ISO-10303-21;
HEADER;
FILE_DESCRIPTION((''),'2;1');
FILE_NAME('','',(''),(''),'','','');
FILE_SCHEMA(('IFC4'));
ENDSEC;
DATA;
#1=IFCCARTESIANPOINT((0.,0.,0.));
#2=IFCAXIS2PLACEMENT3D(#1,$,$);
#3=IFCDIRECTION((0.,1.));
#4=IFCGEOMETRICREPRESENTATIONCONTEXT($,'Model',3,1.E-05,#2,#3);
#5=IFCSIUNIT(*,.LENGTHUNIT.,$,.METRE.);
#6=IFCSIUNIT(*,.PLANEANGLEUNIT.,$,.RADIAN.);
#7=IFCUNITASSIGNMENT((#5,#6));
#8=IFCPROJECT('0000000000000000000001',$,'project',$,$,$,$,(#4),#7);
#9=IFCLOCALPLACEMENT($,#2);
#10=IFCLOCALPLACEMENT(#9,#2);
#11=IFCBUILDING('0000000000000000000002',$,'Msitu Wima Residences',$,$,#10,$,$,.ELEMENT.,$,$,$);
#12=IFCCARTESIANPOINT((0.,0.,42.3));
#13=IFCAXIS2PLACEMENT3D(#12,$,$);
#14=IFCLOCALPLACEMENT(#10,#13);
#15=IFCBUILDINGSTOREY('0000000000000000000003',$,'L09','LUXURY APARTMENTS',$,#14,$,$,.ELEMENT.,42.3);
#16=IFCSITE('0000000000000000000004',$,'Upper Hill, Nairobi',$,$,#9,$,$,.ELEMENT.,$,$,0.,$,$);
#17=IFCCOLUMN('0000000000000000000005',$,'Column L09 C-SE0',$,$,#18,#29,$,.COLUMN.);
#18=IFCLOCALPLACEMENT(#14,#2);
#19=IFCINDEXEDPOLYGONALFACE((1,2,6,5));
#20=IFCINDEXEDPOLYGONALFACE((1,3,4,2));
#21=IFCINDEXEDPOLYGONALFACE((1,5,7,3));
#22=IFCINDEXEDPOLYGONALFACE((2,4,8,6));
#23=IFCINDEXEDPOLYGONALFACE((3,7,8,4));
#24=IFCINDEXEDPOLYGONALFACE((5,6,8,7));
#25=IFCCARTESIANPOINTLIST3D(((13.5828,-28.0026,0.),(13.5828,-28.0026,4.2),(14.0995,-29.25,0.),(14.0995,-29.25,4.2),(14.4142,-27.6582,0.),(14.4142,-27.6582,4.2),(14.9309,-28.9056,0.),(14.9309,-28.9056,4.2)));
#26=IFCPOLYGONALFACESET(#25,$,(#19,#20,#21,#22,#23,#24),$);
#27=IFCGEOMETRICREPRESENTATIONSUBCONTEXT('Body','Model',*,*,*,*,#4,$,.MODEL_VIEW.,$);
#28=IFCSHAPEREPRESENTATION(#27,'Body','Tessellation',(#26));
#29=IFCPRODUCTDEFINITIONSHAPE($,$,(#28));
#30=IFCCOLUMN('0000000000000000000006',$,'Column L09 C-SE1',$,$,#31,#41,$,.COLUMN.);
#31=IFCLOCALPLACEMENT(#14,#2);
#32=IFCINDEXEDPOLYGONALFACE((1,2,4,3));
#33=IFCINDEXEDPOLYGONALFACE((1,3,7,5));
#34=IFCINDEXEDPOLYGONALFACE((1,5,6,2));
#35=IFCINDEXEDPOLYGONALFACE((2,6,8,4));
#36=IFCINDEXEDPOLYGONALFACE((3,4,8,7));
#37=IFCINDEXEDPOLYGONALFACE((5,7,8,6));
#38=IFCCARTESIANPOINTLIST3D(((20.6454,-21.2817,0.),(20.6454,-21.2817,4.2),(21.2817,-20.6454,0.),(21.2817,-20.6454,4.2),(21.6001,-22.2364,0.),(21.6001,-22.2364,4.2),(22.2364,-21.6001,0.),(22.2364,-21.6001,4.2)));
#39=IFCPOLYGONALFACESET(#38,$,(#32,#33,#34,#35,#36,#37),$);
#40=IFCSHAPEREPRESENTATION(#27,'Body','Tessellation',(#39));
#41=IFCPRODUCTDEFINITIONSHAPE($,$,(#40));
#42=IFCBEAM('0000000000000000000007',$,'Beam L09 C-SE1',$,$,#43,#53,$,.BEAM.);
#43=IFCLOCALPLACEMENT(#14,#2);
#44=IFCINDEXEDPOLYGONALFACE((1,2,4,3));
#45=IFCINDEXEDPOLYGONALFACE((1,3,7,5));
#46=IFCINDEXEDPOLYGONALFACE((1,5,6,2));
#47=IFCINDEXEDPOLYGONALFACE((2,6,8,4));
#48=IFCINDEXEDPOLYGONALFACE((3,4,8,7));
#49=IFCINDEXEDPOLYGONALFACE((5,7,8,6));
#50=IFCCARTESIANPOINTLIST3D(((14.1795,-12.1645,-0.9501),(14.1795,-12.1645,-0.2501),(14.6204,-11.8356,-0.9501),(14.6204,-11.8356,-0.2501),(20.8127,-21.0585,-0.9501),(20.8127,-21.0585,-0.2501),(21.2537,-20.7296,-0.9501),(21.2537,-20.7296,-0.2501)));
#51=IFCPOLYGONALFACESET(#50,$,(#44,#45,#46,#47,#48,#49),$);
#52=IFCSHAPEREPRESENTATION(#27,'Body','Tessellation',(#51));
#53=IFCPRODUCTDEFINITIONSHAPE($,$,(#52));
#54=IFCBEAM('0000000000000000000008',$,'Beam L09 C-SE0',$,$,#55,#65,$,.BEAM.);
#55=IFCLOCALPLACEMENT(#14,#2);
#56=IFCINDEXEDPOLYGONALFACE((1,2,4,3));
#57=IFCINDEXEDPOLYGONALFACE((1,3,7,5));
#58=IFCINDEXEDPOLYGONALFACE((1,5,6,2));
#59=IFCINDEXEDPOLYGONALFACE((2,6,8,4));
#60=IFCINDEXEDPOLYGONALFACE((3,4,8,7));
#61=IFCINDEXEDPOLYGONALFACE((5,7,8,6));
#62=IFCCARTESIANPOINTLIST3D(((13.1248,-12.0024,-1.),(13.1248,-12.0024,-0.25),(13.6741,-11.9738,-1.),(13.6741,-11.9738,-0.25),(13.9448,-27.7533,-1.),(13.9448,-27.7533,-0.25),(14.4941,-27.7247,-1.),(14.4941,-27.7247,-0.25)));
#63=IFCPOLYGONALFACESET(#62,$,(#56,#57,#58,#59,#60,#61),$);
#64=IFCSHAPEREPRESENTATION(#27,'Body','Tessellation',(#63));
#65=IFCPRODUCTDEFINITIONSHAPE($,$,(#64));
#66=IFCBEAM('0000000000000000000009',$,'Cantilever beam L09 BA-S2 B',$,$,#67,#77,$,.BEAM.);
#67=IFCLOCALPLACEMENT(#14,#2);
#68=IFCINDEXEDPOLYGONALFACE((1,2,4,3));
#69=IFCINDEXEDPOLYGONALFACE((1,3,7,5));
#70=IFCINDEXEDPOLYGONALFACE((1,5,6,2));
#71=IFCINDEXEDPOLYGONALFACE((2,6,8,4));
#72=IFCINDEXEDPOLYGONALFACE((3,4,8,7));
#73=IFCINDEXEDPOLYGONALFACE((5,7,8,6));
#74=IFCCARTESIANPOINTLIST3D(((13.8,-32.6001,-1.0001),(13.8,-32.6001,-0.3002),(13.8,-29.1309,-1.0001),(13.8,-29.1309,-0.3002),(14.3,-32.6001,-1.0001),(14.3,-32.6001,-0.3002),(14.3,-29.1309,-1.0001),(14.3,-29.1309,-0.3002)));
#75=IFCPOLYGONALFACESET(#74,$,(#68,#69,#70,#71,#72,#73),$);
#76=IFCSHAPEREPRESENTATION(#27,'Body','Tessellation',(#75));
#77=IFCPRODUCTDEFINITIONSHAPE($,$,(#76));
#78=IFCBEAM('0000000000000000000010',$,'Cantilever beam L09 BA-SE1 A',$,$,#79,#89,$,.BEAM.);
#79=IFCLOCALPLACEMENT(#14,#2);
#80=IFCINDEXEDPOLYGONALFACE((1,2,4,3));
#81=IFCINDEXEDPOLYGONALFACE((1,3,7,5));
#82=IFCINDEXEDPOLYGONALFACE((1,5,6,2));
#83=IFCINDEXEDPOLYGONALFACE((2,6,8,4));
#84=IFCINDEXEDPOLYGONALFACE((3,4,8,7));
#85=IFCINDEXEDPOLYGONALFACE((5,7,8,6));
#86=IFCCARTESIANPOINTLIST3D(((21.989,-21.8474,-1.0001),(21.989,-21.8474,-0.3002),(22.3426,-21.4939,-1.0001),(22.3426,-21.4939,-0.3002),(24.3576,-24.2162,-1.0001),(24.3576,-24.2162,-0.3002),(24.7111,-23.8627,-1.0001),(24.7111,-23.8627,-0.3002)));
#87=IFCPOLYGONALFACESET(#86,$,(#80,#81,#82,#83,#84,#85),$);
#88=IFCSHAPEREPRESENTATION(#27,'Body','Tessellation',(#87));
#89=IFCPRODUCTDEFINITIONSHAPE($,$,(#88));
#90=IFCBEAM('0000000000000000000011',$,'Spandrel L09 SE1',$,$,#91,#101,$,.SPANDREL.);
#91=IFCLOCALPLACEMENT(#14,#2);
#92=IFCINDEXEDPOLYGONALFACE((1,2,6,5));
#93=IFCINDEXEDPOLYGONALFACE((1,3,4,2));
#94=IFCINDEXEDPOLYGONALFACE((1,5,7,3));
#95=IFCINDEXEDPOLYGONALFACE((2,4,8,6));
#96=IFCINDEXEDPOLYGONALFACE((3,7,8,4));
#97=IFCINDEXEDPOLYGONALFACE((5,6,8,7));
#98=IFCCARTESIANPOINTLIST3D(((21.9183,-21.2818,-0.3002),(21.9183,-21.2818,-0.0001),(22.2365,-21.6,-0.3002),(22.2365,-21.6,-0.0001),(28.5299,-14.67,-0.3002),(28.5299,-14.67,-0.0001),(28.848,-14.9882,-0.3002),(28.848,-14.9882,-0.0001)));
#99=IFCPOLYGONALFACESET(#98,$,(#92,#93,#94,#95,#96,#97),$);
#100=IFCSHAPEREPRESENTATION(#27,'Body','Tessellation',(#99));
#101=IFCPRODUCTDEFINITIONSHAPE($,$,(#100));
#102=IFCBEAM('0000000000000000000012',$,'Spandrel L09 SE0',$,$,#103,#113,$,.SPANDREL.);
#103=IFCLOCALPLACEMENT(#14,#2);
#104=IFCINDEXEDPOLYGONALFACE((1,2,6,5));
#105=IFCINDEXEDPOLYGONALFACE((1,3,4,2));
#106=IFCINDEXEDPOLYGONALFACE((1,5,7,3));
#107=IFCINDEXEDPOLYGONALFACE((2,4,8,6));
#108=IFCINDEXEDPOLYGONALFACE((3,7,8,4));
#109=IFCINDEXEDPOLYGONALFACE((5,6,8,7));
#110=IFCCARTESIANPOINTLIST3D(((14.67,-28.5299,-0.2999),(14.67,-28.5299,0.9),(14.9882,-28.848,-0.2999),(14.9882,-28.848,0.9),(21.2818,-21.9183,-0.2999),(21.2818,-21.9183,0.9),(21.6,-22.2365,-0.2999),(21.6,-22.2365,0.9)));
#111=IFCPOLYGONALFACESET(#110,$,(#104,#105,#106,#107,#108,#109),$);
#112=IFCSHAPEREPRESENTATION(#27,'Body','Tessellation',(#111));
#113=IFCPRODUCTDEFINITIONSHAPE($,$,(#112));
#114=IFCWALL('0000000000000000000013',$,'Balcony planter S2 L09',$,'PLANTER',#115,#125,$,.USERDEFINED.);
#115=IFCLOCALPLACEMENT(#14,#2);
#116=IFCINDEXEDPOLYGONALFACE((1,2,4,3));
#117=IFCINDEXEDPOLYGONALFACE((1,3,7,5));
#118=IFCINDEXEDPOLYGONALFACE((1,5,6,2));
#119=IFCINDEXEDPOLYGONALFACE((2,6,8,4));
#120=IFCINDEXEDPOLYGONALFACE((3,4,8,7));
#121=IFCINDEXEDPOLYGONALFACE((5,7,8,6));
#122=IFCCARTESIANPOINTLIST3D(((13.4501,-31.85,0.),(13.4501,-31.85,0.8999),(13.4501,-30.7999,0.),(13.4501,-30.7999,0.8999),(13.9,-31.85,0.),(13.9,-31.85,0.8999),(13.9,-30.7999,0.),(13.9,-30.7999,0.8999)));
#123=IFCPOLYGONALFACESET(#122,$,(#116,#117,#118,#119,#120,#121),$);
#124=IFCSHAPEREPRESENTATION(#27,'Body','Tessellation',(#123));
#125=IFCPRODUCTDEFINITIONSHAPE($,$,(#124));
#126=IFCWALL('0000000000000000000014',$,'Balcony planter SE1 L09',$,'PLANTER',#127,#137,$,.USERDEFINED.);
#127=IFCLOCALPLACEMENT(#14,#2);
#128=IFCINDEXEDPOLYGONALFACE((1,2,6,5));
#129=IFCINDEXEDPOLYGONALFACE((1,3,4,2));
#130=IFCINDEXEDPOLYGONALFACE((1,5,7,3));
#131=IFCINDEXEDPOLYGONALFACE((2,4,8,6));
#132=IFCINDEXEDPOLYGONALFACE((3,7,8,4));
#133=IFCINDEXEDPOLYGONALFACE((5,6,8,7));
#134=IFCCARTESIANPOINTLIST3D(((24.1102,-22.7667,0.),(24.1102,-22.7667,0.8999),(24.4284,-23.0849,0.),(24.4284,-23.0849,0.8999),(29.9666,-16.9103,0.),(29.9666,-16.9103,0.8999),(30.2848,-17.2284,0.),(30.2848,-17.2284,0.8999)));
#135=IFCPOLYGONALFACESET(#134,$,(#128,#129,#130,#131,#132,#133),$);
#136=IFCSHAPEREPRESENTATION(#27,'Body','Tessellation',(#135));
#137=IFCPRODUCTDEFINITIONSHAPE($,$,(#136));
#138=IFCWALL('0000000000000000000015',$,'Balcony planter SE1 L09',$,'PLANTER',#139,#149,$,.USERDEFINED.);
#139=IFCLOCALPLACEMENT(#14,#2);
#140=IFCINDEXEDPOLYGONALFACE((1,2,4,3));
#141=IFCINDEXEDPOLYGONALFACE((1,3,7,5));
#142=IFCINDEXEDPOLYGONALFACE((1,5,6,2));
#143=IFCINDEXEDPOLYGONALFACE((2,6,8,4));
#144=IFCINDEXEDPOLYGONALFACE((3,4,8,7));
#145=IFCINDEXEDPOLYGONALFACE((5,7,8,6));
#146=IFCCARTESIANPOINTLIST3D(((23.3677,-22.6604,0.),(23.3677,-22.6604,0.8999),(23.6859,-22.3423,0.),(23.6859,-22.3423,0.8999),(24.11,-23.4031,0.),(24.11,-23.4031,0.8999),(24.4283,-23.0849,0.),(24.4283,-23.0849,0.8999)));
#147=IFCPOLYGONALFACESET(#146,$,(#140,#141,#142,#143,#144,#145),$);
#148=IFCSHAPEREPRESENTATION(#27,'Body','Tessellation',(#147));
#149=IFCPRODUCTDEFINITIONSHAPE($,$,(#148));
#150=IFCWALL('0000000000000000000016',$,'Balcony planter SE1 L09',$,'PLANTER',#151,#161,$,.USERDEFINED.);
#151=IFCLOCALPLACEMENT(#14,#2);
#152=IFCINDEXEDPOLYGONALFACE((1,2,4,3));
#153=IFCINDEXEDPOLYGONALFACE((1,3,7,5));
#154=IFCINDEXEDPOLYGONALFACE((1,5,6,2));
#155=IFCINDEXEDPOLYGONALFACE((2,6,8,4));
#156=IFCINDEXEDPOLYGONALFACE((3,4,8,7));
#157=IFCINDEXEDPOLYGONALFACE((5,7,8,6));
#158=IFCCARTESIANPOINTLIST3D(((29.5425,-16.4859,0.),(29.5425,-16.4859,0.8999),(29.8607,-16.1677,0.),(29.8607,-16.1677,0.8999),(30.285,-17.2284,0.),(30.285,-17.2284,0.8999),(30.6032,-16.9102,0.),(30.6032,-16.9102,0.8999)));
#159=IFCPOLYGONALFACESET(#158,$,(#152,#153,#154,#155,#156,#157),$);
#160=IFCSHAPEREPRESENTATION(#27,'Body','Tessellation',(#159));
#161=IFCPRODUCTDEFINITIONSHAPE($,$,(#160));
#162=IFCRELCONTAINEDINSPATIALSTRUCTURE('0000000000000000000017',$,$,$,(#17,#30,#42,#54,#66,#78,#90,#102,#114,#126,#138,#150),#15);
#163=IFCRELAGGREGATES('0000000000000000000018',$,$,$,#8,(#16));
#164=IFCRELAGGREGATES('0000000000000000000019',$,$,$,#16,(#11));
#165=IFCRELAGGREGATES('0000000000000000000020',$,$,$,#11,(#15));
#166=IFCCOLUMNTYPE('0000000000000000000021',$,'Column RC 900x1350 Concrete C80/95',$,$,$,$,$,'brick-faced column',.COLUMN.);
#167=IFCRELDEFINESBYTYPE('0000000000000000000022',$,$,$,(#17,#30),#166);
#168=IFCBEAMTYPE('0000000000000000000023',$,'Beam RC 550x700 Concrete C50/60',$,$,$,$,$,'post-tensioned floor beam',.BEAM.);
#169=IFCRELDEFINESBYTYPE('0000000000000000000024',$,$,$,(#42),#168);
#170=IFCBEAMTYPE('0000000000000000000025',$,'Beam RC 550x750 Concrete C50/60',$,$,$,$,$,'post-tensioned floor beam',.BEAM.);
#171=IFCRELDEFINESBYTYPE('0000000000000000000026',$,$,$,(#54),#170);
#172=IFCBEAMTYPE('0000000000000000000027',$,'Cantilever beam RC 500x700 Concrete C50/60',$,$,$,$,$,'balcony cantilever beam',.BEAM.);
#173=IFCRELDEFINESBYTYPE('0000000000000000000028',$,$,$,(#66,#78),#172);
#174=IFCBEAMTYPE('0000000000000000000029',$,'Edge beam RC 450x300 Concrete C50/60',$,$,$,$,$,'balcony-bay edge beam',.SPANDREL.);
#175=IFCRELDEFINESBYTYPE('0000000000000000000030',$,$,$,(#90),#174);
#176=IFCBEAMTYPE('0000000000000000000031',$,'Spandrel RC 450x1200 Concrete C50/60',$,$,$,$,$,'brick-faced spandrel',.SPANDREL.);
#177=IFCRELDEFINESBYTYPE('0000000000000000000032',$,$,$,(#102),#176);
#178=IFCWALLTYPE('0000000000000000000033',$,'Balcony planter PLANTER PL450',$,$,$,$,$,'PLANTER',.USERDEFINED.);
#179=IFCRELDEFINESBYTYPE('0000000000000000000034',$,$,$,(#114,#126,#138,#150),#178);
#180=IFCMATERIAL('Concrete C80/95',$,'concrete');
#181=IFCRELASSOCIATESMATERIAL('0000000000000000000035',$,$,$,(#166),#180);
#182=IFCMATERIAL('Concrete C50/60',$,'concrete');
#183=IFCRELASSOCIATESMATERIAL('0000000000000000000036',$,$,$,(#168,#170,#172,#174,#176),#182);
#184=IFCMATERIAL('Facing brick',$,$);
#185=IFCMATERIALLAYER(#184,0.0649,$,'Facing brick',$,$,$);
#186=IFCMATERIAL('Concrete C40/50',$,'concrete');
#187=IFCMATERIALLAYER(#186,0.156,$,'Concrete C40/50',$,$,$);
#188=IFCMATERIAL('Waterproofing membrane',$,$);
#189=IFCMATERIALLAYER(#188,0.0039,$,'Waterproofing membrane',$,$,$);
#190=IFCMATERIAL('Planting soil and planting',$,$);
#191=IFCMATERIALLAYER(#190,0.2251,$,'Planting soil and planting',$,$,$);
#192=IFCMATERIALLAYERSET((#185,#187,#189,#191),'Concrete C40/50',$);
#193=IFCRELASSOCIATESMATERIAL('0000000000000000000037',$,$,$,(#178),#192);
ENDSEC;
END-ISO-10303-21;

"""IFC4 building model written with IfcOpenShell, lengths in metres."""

from ifc_helpers import new_model, si_unit, direction, frame, frame_2d, origin, origin_2d, place, context, subcontext, project, spatial, rectangle, extrude, material, layer, layer_set, material_profile, profile_set, type_object, element, save


model = new_model("IFC4")

# Units and contexts
model_context = context("Model", 3, precision=1e-05, world=origin(), true_north=direction((0.0, 1.0)))
body_context = subcontext(model_context, "Body", "Model", "MODEL_VIEW")
ifc_project = project(units=[si_unit("LENGTHUNIT", "METRE"), si_unit("PLANEANGLEUNIT", "RADIAN")], contexts=[model_context])

# Site, building, storey
site_placement = place(None, origin())
site = spatial("IfcSite", under=ifc_project, at=site_placement, Name="Upper Hill, Nairobi", CompositionType="ELEMENT", RefElevation=0.0)
building_placement = place(site_placement, origin())
building = spatial("IfcBuilding", under=site, at=building_placement, Name="Msitu Wima Residences", CompositionType="ELEMENT")
storey_placement = place(building_placement, frame((0.0, 0.0, 42.3)))
storey = spatial("IfcBuildingStorey", under=building, at=storey_placement, Name="L09", Description="LUXURY APARTMENTS", CompositionType="ELEMENT", Elevation=42.3)

# Columns
ifc_material_1 = material(Name="Concrete C80/95", Category="concrete")
ifc_material_profile_1 = material_profile(ifc_material_1, rectangle(XDim=0.8999, YDim=1.3501, at=origin_2d()), Name="RC 900x1350")
ifc_profile_set_1 = profile_set([ifc_material_profile_1], Name="Concrete C80/95")
column_type = type_object("IfcColumnType", Name="Column RC 900x1350 Concrete C80/95", ElementType="brick-faced column", PredefinedType="COLUMN", material=ifc_profile_set_1)
for number, where, z_axis, x_axis, name in (
    (1, (14.2568, -28.4541, 0.0), (0.0, 0.0, 1.0), (0.92388, 0.382683, 0.0), "Column L09 C-SE0"),
    (2, (21.4409, -21.4409, 0.0), (0.0, 0.0, 1.0), (0.707107, 0.707107, 0.0), "Column L09 C-SE1"),
):
    element("IfcColumn", number, at=place(storey_placement, frame(where, z_axis=z_axis, x_axis=x_axis)), inside=storey, type_object=column_type, Name=name, PredefinedType="COLUMN", context=body_context, shape_type="SweptSolid", body=[
        extrude(rectangle(XDim=0.8999, YDim=1.3501, at=origin_2d()), origin(), (0.0, 0.0, 1.0), 4.2),
    ])

# Beams
ifc_material_2 = material(Name="Concrete C50/60", Category="concrete")
ifc_material_profile_2 = material_profile(ifc_material_2, rectangle(XDim=0.55, YDim=0.7, at=origin_2d()), Name="RC 550x700")
ifc_profile_set_2 = profile_set([ifc_material_profile_2], Name="Concrete C50/60")
beam_type_1 = type_object("IfcBeamType", Name="Beam RC 550x700 Concrete C50/60", ElementType="post-tensioned floor beam", PredefinedType="BEAM", material=ifc_profile_set_2)
beam_1_placement = place(storey_placement, frame((21.0332, -20.894, -0.6001), z_axis=(-0.59785, 0.801608, 0.0), x_axis=(-0.801608, -0.59785, 0.0)))
element("IfcBeam", 3, at=beam_1_placement, inside=storey, type_object=beam_type_1, Name="Beam L09 C-SE1", PredefinedType="BEAM", context=body_context, shape_type="SweptSolid", body=[
    extrude(rectangle(XDim=0.55, YDim=0.7, at=origin_2d()), origin(), (0.0, 0.0, 1.0), 11.0952),
])
ifc_material_profile_3 = material_profile(ifc_material_2, rectangle(XDim=0.55, YDim=0.75, at=origin_2d()), Name="RC 550x750")
ifc_profile_set_3 = profile_set([ifc_material_profile_3], Name="Concrete C50/60")
beam_type_2 = type_object("IfcBeamType", Name="Beam RC 550x750 Concrete C50/60", ElementType="post-tensioned floor beam", PredefinedType="BEAM", material=ifc_profile_set_3)
beam_2_placement = place(storey_placement, frame((14.2195, -27.739, -0.625), z_axis=(-0.051994, 0.998647, 0.0), x_axis=(-0.998647, -0.051994, 0.0)))
element("IfcBeam", 4, at=beam_2_placement, inside=storey, type_object=beam_type_2, Name="Beam L09 C-SE0", PredefinedType="BEAM", context=body_context, shape_type="SweptSolid", body=[
    extrude(rectangle(XDim=0.55, YDim=0.75, at=origin_2d()), origin(), (0.0, 0.0, 1.0), 15.7722),
])
ifc_material_profile_4 = material_profile(ifc_material_2, rectangle(XDim=0.5, YDim=0.7, at=origin_2d()), Name="RC 500x700")
ifc_profile_set_4 = profile_set([ifc_material_profile_4], Name="Concrete C50/60")
beam_type_3 = type_object("IfcBeamType", Name="Cantilever beam RC 500x700 Concrete C50/60", ElementType="balcony cantilever beam", PredefinedType="BEAM", material=ifc_profile_set_4)
beam_3_placement = place(storey_placement, frame((14.05, -29.1309, -0.6501), z_axis=(0.0, -1.0, 0.0), x_axis=(1.0, 0.0, 0.0)))
element("IfcBeam", 5, at=beam_3_placement, inside=storey, type_object=beam_type_3, Name="Cantilever beam L09 BA-S2 B", PredefinedType="BEAM", context=body_context, shape_type="SweptSolid", body=[
    extrude(rectangle(XDim=0.5, YDim=0.7, at=origin_2d()), origin(), (0.0, 0.0, 1.0), 3.4692),
])
beam_4_placement = place(storey_placement, frame((22.1658, -21.6707, -0.6501), z_axis=(0.70707, -0.707143, 0.0), x_axis=(0.707143, 0.70707, 0.0)))
element("IfcBeam", 6, at=beam_4_placement, inside=storey, type_object=beam_type_3, Name="Cantilever beam L09 BA-SE1 A", PredefinedType="BEAM", context=body_context, shape_type="SweptSolid", body=[
    extrude(rectangle(XDim=0.5, YDim=0.7, at=origin_2d()), origin(), (0.0, 0.0, 1.0), 3.3499),
])
ifc_material_profile_5 = material_profile(ifc_material_2, rectangle(XDim=0.45, YDim=0.3, at=origin_2d()), Name="RC 450x300")
ifc_profile_set_5 = profile_set([ifc_material_profile_5], Name="Concrete C50/60")
beam_type_4 = type_object("IfcBeamType", Name="Edge beam RC 450x300 Concrete C50/60", ElementType="balcony-bay edge beam", PredefinedType="SPANDREL", material=ifc_profile_set_5)
beam_5_placement = place(storey_placement, frame((22.0774, -21.4409, -0.1501), z_axis=(0.707094, 0.70712, 0.0), x_axis=(-0.70712, 0.707094, 0.0)))
element("IfcBeam", 7, at=beam_5_placement, inside=storey, type_object=beam_type_4, Name="Spandrel L09 SE1", PredefinedType="SPANDREL", context=body_context, shape_type="SweptSolid", body=[
    extrude(rectangle(XDim=0.45, YDim=0.3, at=origin_2d()), origin(), (0.0, 0.0, 1.0), 9.3503),
])
ifc_material_profile_6 = material_profile(ifc_material_2, rectangle(XDim=0.45, YDim=1.2, at=origin_2d()), Name="RC 450x1200")
ifc_profile_set_6 = profile_set([ifc_material_profile_6], Name="Concrete C50/60")
beam_type_5 = type_object("IfcBeamType", Name="Spandrel RC 450x1200 Concrete C50/60", ElementType="brick-faced spandrel", PredefinedType="SPANDREL", material=ifc_profile_set_6)
beam_6_placement = place(storey_placement, frame((14.8291, -28.689, 0.3), z_axis=(0.70712, 0.707094, 0.0), x_axis=(-0.707094, 0.70712, 0.0)))
element("IfcBeam", 8, at=beam_6_placement, inside=storey, type_object=beam_type_5, Name="Spandrel L09 SE0", PredefinedType="SPANDREL", context=body_context, shape_type="SweptSolid", body=[
    extrude(rectangle(XDim=0.45, YDim=1.2, at=origin_2d()), origin(), (0.0, 0.0, 1.0), 9.3503),
])

# Walls
ifc_material_3 = material(Name="Facing brick")
ifc_layer_1 = layer(ifc_material_3, 0.0649, Name="Facing brick")
ifc_material_4 = material(Name="Concrete C40/50", Category="concrete")
ifc_layer_2 = layer(ifc_material_4, 0.156, Name="Concrete C40/50")
ifc_material_5 = material(Name="Waterproofing membrane")
ifc_layer_3 = layer(ifc_material_5, 0.0039, Name="Waterproofing membrane")
ifc_material_6 = material(Name="Planting soil and planting")
ifc_layer_4 = layer(ifc_material_6, 0.2251, Name="Planting soil and planting")
ifc_layer_set_1 = layer_set([ifc_layer_1, ifc_layer_2, ifc_layer_3, ifc_layer_4], Name="Concrete C40/50")
wall_type_1 = type_object("IfcWallType", Name="Balcony planter PLANTER PL450", ElementType="PLANTER", PredefinedType="USERDEFINED", material=ifc_layer_set_1)
wall_1_placement = place(storey_placement, frame((13.675, -30.8, 0.0), z_axis=(0.0, 0.0, 1.0), x_axis=(0.0, -1.0, 0.0)))
element("IfcWall", 9, at=wall_1_placement, inside=storey, type_object=wall_type_1, Name="Balcony planter S2 L09", ObjectType="PLANTER", PredefinedType="USERDEFINED", context=body_context, shape_type="SweptSolid", body=[
    extrude(rectangle(XDim=1.05, YDim=0.45, at=frame_2d((0.5249, 0.0))), origin(), (0.0, 0.0, 1.0), 0.8999),
])
wall_2_placement = place(storey_placement, frame((24.2693, -22.9258, 0.0), z_axis=(0.0, 0.0, 1.0), x_axis=(0.707107, 0.707107, 0.0)))
element("IfcWall", 10, at=wall_2_placement, inside=storey, type_object=wall_type_1, Name="Balcony planter SE1 L09", ObjectType="PLANTER", PredefinedType="USERDEFINED", context=body_context, shape_type="SweptSolid", body=[
    extrude(rectangle(XDim=8.2822, YDim=0.45, at=frame_2d((4.1411, 0.0))), origin(), (0.0, 0.0, 1.0), 0.8999),
])
for number, where, z_axis, x_axis, name in (
    (11, (23.5269, -22.5015, 0.0), (0.0, 0.0, 1.0), (0.706991, -0.707223, 0.0), "Balcony planter SE1 L09"),
    (12, (29.7017, -16.3269, 0.0), (0.0, 0.0, 1.0), (0.707107, -0.707107, 0.0), "Balcony planter SE1 L09"),
):
    element("IfcWall", number, at=place(storey_placement, frame(where, z_axis=z_axis, x_axis=x_axis)), inside=storey, type_object=wall_type_1, Name=name, ObjectType="PLANTER", PredefinedType="USERDEFINED", context=body_context, shape_type="SweptSolid", body=[
        extrude(rectangle(XDim=1.05, YDim=0.45, at=frame_2d((0.5249, 0.0))), origin(), (0.0, 0.0, 1.0), 0.8999),
    ])

save(model, "model.ifc")
